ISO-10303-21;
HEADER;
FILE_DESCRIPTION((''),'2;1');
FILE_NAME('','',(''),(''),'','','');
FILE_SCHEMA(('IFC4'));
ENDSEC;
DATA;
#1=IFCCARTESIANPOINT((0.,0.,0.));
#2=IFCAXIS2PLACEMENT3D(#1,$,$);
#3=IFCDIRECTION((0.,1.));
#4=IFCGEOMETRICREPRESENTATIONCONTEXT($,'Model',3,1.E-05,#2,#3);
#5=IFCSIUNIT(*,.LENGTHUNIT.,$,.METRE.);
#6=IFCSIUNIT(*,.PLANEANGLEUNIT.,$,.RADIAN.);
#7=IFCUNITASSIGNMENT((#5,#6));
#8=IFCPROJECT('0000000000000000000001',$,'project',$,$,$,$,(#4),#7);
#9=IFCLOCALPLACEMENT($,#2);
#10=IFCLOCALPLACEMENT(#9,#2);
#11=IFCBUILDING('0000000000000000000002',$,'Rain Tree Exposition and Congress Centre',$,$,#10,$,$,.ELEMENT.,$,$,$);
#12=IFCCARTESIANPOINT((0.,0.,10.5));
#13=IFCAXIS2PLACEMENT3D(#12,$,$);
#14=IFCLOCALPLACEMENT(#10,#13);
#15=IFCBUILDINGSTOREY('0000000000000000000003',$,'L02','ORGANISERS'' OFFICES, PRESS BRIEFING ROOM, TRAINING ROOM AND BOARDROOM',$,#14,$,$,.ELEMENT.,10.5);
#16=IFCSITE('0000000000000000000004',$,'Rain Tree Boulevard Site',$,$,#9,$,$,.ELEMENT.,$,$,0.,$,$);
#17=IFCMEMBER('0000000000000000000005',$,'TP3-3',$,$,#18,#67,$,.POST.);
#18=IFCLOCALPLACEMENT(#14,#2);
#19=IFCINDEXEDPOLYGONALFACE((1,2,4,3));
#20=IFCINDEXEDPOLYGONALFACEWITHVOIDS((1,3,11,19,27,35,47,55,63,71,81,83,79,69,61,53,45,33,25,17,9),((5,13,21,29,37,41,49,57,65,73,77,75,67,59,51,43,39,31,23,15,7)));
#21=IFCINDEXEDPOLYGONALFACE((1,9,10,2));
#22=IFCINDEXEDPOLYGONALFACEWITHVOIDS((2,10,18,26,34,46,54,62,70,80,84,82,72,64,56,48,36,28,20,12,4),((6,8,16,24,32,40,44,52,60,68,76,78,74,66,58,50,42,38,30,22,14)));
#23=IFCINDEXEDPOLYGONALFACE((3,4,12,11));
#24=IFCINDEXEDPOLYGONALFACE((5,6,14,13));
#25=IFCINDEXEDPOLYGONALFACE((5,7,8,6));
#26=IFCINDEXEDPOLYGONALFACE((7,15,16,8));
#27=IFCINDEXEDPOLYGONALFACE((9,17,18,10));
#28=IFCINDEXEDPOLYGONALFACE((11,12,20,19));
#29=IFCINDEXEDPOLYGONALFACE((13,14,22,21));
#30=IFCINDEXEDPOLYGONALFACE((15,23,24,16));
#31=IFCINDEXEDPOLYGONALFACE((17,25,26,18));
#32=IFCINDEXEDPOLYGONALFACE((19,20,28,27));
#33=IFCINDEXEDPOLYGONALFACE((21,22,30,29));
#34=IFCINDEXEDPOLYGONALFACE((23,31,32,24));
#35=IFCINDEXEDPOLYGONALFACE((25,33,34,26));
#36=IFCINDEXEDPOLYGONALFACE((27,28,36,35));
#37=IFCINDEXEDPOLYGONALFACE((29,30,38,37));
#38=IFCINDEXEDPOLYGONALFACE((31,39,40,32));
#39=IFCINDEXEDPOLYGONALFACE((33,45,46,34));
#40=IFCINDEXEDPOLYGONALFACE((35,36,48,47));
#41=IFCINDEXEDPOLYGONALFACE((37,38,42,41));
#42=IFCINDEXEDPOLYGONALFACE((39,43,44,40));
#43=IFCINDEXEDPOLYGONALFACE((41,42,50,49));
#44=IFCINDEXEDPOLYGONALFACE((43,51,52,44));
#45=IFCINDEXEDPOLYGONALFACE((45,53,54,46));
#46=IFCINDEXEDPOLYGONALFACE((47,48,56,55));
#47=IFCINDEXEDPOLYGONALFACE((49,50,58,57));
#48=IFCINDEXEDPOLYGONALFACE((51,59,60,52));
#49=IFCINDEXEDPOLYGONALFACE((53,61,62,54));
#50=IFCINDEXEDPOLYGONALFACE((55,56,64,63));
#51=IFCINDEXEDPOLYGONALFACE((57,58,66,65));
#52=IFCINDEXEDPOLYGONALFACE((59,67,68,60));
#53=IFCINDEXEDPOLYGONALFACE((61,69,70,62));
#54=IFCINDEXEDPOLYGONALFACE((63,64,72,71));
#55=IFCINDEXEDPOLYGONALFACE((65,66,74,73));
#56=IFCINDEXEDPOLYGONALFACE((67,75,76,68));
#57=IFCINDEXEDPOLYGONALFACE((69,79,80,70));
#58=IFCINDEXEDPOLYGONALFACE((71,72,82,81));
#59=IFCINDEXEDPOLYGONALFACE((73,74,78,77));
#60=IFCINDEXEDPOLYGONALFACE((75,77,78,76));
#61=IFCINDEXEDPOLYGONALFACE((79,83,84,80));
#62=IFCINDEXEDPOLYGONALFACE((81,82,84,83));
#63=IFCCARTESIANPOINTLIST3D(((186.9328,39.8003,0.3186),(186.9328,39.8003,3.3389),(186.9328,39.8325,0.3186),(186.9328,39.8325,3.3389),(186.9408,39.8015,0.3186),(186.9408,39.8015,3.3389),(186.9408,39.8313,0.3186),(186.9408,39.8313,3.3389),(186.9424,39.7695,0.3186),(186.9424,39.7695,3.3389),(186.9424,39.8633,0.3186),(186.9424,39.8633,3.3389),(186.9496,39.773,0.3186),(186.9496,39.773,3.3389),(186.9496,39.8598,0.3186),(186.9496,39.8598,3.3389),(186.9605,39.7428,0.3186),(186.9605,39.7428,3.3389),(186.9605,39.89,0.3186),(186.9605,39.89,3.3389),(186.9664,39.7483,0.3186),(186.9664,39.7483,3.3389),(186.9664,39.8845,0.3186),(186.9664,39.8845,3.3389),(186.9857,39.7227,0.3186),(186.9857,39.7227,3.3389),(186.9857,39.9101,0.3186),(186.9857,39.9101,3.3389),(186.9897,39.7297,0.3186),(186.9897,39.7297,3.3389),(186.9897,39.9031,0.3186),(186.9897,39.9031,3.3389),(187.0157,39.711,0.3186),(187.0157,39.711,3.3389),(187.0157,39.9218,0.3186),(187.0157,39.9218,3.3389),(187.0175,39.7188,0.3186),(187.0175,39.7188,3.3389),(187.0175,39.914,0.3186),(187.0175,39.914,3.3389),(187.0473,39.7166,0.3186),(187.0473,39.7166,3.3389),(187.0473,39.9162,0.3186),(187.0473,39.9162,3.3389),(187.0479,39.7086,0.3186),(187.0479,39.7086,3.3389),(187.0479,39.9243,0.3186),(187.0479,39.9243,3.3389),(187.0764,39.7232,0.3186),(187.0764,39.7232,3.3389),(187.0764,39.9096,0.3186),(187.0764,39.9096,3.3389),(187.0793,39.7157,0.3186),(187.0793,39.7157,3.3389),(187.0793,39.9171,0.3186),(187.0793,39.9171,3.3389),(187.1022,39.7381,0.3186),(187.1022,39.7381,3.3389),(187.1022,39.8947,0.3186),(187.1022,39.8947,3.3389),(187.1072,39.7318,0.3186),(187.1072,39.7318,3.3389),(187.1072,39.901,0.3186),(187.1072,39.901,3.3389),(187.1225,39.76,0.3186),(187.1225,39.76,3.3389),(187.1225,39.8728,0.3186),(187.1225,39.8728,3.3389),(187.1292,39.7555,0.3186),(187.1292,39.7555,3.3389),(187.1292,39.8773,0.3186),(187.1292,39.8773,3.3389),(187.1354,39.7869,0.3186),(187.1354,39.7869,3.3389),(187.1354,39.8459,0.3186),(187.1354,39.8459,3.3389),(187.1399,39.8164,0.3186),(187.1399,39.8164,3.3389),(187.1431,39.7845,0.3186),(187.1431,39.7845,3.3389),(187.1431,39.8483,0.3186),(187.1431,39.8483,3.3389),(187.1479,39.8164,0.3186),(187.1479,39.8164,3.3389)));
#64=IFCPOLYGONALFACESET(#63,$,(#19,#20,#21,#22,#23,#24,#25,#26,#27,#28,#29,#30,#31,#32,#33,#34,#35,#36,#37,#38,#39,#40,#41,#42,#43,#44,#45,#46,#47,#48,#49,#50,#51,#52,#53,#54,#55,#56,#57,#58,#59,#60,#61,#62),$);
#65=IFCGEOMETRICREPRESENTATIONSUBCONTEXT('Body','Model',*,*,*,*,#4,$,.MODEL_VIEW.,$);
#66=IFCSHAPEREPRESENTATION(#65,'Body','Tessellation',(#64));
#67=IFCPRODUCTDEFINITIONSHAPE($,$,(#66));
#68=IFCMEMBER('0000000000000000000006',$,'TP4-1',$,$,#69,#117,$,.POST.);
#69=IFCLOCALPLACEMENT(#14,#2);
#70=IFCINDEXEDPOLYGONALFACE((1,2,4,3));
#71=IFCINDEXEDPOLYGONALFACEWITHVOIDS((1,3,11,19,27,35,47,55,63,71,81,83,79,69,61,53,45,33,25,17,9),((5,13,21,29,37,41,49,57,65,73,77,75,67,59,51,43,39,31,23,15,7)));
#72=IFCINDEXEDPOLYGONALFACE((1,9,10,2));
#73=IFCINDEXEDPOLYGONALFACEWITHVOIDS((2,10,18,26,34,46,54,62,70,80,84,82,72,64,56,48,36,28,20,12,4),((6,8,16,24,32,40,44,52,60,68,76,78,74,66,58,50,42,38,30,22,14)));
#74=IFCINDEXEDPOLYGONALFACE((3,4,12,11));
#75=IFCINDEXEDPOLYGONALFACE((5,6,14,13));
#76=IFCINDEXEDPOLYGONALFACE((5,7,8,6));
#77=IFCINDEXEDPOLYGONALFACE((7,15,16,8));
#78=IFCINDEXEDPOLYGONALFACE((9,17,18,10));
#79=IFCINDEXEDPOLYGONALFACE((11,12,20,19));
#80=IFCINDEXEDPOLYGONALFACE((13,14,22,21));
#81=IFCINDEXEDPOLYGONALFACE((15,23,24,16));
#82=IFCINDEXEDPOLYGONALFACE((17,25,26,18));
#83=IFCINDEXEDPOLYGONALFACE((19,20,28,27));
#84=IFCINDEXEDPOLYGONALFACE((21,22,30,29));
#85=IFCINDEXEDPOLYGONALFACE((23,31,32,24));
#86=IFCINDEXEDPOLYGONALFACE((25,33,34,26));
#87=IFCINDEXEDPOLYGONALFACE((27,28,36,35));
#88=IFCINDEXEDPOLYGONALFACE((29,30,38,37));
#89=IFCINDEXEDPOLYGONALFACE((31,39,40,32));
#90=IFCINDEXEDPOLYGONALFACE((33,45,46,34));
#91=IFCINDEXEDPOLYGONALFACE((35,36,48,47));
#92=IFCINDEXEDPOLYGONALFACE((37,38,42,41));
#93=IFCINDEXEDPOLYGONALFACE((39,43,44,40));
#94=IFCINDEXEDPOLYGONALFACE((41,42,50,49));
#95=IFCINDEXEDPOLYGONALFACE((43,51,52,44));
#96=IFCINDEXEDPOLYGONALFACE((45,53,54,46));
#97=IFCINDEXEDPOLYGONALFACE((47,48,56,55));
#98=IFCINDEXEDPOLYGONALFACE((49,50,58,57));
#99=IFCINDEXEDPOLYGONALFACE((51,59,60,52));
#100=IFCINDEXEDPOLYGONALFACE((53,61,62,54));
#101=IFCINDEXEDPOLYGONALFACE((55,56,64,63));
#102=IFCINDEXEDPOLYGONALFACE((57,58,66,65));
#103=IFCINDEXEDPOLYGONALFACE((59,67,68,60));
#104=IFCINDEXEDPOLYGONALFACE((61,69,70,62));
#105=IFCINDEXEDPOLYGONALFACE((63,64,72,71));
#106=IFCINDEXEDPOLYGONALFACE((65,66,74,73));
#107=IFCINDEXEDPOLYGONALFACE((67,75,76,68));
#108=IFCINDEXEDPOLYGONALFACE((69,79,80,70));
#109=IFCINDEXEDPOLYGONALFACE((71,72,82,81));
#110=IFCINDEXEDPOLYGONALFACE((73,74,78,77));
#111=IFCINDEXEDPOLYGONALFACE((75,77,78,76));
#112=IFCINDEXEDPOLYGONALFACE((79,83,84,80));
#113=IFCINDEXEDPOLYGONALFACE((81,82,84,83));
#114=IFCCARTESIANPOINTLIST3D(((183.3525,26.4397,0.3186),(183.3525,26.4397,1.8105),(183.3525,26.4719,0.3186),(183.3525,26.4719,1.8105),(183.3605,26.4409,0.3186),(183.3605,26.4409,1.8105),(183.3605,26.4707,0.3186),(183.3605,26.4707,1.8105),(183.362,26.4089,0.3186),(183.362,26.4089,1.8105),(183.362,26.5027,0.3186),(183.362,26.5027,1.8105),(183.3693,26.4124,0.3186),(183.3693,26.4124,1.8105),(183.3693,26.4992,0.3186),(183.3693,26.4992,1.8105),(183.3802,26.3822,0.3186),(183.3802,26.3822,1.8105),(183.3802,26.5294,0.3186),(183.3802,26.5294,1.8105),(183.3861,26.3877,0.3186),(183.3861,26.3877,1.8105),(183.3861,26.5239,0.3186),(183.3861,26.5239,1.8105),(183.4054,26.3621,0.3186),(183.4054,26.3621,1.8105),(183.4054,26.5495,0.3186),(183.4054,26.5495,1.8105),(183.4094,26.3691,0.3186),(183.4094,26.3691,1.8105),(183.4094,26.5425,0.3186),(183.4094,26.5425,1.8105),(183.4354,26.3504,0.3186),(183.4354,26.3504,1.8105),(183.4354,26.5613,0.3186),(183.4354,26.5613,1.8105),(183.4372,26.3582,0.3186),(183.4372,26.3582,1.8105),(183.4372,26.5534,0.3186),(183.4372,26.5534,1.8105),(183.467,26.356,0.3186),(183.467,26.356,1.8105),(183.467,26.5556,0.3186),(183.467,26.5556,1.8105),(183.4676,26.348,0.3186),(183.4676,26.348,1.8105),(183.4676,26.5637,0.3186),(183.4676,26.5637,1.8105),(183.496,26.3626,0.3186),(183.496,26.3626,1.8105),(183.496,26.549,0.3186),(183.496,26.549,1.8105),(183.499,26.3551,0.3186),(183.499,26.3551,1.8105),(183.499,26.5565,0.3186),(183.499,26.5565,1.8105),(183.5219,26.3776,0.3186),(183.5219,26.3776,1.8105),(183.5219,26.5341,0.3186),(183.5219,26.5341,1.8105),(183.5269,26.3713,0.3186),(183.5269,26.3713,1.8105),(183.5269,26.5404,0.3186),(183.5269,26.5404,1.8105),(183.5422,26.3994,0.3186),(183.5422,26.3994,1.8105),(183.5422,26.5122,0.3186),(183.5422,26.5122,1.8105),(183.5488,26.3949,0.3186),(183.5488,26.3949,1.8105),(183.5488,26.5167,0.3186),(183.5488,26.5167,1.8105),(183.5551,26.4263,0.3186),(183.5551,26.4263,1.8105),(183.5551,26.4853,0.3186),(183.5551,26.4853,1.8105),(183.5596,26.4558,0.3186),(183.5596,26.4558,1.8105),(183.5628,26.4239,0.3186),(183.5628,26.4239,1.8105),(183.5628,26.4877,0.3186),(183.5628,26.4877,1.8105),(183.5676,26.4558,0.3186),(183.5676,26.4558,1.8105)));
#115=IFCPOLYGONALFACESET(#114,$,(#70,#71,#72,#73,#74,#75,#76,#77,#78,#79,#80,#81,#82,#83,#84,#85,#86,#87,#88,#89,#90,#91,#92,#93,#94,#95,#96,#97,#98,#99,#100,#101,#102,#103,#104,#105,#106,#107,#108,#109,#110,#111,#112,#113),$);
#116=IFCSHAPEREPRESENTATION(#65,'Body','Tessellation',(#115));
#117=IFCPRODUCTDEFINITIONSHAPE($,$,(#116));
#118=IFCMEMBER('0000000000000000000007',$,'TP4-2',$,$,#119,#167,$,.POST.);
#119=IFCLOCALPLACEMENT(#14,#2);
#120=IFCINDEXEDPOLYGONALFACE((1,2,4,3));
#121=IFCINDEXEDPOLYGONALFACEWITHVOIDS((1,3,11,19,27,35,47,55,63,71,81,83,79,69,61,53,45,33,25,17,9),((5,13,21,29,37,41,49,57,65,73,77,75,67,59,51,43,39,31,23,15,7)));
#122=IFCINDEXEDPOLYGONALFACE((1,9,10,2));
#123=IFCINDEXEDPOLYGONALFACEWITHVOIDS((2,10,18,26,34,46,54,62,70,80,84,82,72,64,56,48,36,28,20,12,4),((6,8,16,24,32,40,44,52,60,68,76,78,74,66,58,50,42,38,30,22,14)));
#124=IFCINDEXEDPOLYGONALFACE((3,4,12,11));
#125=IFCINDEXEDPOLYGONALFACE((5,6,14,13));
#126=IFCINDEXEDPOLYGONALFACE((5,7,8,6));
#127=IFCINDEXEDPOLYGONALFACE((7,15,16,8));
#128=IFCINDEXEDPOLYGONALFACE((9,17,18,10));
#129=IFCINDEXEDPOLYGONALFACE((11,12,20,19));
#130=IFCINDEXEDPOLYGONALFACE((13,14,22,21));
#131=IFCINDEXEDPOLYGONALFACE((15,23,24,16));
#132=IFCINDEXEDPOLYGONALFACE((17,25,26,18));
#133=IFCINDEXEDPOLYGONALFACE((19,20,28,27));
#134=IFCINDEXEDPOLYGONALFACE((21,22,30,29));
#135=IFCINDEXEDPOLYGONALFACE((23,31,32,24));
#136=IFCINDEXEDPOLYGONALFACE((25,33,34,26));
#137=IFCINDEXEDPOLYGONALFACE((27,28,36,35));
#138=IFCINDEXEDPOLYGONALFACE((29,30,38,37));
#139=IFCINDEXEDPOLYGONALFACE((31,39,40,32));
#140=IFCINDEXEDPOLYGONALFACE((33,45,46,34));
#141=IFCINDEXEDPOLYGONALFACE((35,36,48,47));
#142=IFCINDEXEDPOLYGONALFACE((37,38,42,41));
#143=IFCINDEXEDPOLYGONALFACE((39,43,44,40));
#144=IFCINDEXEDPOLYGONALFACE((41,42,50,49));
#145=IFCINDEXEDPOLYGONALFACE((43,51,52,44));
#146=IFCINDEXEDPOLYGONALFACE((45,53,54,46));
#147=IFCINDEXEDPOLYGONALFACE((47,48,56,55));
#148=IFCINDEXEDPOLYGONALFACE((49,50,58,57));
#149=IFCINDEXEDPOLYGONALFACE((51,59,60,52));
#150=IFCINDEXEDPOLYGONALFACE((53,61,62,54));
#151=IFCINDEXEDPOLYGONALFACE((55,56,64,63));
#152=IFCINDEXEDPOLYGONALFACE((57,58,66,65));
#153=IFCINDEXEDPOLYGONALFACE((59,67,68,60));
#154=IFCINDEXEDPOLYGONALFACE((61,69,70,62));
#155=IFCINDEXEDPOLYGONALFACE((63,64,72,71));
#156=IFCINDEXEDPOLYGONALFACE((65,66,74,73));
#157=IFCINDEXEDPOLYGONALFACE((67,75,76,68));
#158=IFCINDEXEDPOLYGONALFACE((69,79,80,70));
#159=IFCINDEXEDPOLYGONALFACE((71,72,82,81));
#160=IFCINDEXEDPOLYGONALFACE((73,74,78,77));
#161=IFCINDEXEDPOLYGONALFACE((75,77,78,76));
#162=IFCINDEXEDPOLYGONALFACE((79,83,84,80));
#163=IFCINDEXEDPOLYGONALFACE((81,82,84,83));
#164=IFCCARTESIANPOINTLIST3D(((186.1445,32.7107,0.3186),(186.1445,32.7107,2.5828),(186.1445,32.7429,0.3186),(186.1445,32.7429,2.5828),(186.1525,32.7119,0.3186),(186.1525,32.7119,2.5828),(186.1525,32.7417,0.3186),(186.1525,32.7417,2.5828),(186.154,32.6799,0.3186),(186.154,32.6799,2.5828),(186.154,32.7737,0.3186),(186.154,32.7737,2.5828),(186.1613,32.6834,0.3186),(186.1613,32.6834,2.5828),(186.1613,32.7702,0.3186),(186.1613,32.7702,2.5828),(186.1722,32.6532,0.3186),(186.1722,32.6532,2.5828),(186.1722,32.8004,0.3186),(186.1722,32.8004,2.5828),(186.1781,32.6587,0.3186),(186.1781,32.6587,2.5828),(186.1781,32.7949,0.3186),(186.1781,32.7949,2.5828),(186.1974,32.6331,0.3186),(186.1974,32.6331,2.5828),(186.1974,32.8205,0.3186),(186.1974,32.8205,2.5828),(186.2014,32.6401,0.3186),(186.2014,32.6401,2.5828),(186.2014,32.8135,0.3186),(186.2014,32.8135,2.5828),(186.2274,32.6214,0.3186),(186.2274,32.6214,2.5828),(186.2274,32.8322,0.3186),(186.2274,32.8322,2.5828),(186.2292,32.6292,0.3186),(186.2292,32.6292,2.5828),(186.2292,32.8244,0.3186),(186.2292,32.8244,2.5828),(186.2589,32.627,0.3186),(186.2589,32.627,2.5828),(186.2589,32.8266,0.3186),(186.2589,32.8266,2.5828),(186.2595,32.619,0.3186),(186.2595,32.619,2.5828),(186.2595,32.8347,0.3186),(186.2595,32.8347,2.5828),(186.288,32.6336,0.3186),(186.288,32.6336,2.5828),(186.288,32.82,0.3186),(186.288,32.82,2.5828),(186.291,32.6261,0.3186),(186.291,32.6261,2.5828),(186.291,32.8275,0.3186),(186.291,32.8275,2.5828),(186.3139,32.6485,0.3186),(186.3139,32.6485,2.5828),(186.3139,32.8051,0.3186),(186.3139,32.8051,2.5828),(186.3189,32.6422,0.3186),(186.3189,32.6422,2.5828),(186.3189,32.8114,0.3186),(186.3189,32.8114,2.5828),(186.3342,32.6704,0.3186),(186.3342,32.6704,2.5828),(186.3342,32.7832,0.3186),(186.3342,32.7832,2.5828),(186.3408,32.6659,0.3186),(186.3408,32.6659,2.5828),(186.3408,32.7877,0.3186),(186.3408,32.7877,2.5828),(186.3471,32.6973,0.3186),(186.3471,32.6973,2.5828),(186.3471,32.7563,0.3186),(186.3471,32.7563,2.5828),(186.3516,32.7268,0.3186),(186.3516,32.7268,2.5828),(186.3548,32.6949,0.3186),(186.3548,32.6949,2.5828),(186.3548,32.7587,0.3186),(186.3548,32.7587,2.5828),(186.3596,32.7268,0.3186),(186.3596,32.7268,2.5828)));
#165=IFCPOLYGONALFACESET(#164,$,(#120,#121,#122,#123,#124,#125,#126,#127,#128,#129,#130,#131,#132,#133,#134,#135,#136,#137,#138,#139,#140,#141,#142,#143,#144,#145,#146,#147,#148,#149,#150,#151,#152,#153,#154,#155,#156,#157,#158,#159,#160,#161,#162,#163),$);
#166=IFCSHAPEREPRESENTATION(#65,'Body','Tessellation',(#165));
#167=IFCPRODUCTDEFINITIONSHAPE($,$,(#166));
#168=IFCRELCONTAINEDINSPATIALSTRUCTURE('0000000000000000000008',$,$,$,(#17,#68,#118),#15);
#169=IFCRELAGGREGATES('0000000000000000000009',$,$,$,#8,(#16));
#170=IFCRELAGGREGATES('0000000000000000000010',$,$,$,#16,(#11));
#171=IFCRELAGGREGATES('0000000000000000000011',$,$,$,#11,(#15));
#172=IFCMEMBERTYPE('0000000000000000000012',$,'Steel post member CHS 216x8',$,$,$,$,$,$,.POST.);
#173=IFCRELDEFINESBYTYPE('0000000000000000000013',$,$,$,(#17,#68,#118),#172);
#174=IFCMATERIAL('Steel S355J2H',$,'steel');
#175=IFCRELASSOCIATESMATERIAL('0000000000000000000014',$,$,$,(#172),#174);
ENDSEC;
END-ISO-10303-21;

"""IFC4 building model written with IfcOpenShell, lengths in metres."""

from ifc_helpers import new_model, si_unit, direction, frame, origin, origin_2d, place, context, subcontext, project, spatial, hollow_circle, extrude, material, material_profile, profile_set, type_object, element, save


model = new_model("IFC4")

# Units and contexts
model_context = context("Model", 3, precision=1e-05, world=origin(), true_north=direction((0.0, 1.0)))
body_context = subcontext(model_context, "Body", "Model", "MODEL_VIEW")
ifc_project = project(units=[si_unit("LENGTHUNIT", "METRE"), si_unit("PLANEANGLEUNIT", "RADIAN")], contexts=[model_context])

# Site, building, storey
site_placement = place(None, origin())
site = spatial("IfcSite", under=ifc_project, at=site_placement, Name="Rain Tree Boulevard Site", CompositionType="ELEMENT", RefElevation=0.0)
building_placement = place(site_placement, origin())
building = spatial("IfcBuilding", under=site, at=building_placement, Name="Rain Tree Exposition and Congress Centre", CompositionType="ELEMENT")
storey_placement = place(building_placement, frame((0.0, 0.0, 10.5)))
storey = spatial("IfcBuildingStorey", under=building, at=storey_placement, Name="L02", Description="ORGANISERS' OFFICES, PRESS BRIEFING ROOM, TRAINING ROOM AND BOARDROOM", CompositionType="ELEMENT", Elevation=10.5)

# Members
ifc_material_1 = material(Name="Steel S355J2H", Category="steel")
ifc_material_profile_1 = material_profile(ifc_material_1, hollow_circle(Radius=0.1082, WallThickness=0.0081, at=origin_2d()), Name="CHS 216x8")
ifc_profile_set_1 = profile_set([ifc_material_profile_1], Name="Steel S355J2H")
member_type_1 = type_object("IfcMemberType", Name="Steel post member CHS 216x8", PredefinedType="POST", material=ifc_profile_set_1)
member_1_placement = place(storey_placement, frame((187.0398, 39.8164, 0.3186), z_axis=(0.0, 0.0, 1.0), x_axis=(1.0, 0.0, 0.0)))
element("IfcMember", 1, at=member_1_placement, inside=storey, type_object=member_type_1, Name="TP3-3", PredefinedType="POST", context=body_context, shape_type="SweptSolid", body=[
    extrude(hollow_circle(Radius=0.1082, WallThickness=0.0081, at=origin_2d()), origin(), (0.0, 0.0, 1.0), 3.0203),
])
member_2_placement = place(storey_placement, frame((183.4595, 26.4558, 0.3186), z_axis=(0.0, 0.0, 1.0), x_axis=(1.0, 0.0, 0.0)))
element("IfcMember", 2, at=member_2_placement, inside=storey, type_object=member_type_1, Name="TP4-1", PredefinedType="POST", context=body_context, shape_type="SweptSolid", body=[
    extrude(hollow_circle(Radius=0.1082, WallThickness=0.0081, at=origin_2d()), origin(), (0.0, 0.0, 1.0), 1.4919),
])
member_3_placement = place(storey_placement, frame((186.2515, 32.7268, 0.3186), z_axis=(0.0, 0.0, 1.0), x_axis=(1.0, 0.0, 0.0)))
element("IfcMember", 3, at=member_3_placement, inside=storey, type_object=member_type_1, Name="TP4-2", PredefinedType="POST", context=body_context, shape_type="SweptSolid", body=[
    extrude(hollow_circle(Radius=0.1082, WallThickness=0.0081, at=origin_2d()), origin(), (0.0, 0.0, 1.0), 2.2642),
])

save(model, "model.ifc")
